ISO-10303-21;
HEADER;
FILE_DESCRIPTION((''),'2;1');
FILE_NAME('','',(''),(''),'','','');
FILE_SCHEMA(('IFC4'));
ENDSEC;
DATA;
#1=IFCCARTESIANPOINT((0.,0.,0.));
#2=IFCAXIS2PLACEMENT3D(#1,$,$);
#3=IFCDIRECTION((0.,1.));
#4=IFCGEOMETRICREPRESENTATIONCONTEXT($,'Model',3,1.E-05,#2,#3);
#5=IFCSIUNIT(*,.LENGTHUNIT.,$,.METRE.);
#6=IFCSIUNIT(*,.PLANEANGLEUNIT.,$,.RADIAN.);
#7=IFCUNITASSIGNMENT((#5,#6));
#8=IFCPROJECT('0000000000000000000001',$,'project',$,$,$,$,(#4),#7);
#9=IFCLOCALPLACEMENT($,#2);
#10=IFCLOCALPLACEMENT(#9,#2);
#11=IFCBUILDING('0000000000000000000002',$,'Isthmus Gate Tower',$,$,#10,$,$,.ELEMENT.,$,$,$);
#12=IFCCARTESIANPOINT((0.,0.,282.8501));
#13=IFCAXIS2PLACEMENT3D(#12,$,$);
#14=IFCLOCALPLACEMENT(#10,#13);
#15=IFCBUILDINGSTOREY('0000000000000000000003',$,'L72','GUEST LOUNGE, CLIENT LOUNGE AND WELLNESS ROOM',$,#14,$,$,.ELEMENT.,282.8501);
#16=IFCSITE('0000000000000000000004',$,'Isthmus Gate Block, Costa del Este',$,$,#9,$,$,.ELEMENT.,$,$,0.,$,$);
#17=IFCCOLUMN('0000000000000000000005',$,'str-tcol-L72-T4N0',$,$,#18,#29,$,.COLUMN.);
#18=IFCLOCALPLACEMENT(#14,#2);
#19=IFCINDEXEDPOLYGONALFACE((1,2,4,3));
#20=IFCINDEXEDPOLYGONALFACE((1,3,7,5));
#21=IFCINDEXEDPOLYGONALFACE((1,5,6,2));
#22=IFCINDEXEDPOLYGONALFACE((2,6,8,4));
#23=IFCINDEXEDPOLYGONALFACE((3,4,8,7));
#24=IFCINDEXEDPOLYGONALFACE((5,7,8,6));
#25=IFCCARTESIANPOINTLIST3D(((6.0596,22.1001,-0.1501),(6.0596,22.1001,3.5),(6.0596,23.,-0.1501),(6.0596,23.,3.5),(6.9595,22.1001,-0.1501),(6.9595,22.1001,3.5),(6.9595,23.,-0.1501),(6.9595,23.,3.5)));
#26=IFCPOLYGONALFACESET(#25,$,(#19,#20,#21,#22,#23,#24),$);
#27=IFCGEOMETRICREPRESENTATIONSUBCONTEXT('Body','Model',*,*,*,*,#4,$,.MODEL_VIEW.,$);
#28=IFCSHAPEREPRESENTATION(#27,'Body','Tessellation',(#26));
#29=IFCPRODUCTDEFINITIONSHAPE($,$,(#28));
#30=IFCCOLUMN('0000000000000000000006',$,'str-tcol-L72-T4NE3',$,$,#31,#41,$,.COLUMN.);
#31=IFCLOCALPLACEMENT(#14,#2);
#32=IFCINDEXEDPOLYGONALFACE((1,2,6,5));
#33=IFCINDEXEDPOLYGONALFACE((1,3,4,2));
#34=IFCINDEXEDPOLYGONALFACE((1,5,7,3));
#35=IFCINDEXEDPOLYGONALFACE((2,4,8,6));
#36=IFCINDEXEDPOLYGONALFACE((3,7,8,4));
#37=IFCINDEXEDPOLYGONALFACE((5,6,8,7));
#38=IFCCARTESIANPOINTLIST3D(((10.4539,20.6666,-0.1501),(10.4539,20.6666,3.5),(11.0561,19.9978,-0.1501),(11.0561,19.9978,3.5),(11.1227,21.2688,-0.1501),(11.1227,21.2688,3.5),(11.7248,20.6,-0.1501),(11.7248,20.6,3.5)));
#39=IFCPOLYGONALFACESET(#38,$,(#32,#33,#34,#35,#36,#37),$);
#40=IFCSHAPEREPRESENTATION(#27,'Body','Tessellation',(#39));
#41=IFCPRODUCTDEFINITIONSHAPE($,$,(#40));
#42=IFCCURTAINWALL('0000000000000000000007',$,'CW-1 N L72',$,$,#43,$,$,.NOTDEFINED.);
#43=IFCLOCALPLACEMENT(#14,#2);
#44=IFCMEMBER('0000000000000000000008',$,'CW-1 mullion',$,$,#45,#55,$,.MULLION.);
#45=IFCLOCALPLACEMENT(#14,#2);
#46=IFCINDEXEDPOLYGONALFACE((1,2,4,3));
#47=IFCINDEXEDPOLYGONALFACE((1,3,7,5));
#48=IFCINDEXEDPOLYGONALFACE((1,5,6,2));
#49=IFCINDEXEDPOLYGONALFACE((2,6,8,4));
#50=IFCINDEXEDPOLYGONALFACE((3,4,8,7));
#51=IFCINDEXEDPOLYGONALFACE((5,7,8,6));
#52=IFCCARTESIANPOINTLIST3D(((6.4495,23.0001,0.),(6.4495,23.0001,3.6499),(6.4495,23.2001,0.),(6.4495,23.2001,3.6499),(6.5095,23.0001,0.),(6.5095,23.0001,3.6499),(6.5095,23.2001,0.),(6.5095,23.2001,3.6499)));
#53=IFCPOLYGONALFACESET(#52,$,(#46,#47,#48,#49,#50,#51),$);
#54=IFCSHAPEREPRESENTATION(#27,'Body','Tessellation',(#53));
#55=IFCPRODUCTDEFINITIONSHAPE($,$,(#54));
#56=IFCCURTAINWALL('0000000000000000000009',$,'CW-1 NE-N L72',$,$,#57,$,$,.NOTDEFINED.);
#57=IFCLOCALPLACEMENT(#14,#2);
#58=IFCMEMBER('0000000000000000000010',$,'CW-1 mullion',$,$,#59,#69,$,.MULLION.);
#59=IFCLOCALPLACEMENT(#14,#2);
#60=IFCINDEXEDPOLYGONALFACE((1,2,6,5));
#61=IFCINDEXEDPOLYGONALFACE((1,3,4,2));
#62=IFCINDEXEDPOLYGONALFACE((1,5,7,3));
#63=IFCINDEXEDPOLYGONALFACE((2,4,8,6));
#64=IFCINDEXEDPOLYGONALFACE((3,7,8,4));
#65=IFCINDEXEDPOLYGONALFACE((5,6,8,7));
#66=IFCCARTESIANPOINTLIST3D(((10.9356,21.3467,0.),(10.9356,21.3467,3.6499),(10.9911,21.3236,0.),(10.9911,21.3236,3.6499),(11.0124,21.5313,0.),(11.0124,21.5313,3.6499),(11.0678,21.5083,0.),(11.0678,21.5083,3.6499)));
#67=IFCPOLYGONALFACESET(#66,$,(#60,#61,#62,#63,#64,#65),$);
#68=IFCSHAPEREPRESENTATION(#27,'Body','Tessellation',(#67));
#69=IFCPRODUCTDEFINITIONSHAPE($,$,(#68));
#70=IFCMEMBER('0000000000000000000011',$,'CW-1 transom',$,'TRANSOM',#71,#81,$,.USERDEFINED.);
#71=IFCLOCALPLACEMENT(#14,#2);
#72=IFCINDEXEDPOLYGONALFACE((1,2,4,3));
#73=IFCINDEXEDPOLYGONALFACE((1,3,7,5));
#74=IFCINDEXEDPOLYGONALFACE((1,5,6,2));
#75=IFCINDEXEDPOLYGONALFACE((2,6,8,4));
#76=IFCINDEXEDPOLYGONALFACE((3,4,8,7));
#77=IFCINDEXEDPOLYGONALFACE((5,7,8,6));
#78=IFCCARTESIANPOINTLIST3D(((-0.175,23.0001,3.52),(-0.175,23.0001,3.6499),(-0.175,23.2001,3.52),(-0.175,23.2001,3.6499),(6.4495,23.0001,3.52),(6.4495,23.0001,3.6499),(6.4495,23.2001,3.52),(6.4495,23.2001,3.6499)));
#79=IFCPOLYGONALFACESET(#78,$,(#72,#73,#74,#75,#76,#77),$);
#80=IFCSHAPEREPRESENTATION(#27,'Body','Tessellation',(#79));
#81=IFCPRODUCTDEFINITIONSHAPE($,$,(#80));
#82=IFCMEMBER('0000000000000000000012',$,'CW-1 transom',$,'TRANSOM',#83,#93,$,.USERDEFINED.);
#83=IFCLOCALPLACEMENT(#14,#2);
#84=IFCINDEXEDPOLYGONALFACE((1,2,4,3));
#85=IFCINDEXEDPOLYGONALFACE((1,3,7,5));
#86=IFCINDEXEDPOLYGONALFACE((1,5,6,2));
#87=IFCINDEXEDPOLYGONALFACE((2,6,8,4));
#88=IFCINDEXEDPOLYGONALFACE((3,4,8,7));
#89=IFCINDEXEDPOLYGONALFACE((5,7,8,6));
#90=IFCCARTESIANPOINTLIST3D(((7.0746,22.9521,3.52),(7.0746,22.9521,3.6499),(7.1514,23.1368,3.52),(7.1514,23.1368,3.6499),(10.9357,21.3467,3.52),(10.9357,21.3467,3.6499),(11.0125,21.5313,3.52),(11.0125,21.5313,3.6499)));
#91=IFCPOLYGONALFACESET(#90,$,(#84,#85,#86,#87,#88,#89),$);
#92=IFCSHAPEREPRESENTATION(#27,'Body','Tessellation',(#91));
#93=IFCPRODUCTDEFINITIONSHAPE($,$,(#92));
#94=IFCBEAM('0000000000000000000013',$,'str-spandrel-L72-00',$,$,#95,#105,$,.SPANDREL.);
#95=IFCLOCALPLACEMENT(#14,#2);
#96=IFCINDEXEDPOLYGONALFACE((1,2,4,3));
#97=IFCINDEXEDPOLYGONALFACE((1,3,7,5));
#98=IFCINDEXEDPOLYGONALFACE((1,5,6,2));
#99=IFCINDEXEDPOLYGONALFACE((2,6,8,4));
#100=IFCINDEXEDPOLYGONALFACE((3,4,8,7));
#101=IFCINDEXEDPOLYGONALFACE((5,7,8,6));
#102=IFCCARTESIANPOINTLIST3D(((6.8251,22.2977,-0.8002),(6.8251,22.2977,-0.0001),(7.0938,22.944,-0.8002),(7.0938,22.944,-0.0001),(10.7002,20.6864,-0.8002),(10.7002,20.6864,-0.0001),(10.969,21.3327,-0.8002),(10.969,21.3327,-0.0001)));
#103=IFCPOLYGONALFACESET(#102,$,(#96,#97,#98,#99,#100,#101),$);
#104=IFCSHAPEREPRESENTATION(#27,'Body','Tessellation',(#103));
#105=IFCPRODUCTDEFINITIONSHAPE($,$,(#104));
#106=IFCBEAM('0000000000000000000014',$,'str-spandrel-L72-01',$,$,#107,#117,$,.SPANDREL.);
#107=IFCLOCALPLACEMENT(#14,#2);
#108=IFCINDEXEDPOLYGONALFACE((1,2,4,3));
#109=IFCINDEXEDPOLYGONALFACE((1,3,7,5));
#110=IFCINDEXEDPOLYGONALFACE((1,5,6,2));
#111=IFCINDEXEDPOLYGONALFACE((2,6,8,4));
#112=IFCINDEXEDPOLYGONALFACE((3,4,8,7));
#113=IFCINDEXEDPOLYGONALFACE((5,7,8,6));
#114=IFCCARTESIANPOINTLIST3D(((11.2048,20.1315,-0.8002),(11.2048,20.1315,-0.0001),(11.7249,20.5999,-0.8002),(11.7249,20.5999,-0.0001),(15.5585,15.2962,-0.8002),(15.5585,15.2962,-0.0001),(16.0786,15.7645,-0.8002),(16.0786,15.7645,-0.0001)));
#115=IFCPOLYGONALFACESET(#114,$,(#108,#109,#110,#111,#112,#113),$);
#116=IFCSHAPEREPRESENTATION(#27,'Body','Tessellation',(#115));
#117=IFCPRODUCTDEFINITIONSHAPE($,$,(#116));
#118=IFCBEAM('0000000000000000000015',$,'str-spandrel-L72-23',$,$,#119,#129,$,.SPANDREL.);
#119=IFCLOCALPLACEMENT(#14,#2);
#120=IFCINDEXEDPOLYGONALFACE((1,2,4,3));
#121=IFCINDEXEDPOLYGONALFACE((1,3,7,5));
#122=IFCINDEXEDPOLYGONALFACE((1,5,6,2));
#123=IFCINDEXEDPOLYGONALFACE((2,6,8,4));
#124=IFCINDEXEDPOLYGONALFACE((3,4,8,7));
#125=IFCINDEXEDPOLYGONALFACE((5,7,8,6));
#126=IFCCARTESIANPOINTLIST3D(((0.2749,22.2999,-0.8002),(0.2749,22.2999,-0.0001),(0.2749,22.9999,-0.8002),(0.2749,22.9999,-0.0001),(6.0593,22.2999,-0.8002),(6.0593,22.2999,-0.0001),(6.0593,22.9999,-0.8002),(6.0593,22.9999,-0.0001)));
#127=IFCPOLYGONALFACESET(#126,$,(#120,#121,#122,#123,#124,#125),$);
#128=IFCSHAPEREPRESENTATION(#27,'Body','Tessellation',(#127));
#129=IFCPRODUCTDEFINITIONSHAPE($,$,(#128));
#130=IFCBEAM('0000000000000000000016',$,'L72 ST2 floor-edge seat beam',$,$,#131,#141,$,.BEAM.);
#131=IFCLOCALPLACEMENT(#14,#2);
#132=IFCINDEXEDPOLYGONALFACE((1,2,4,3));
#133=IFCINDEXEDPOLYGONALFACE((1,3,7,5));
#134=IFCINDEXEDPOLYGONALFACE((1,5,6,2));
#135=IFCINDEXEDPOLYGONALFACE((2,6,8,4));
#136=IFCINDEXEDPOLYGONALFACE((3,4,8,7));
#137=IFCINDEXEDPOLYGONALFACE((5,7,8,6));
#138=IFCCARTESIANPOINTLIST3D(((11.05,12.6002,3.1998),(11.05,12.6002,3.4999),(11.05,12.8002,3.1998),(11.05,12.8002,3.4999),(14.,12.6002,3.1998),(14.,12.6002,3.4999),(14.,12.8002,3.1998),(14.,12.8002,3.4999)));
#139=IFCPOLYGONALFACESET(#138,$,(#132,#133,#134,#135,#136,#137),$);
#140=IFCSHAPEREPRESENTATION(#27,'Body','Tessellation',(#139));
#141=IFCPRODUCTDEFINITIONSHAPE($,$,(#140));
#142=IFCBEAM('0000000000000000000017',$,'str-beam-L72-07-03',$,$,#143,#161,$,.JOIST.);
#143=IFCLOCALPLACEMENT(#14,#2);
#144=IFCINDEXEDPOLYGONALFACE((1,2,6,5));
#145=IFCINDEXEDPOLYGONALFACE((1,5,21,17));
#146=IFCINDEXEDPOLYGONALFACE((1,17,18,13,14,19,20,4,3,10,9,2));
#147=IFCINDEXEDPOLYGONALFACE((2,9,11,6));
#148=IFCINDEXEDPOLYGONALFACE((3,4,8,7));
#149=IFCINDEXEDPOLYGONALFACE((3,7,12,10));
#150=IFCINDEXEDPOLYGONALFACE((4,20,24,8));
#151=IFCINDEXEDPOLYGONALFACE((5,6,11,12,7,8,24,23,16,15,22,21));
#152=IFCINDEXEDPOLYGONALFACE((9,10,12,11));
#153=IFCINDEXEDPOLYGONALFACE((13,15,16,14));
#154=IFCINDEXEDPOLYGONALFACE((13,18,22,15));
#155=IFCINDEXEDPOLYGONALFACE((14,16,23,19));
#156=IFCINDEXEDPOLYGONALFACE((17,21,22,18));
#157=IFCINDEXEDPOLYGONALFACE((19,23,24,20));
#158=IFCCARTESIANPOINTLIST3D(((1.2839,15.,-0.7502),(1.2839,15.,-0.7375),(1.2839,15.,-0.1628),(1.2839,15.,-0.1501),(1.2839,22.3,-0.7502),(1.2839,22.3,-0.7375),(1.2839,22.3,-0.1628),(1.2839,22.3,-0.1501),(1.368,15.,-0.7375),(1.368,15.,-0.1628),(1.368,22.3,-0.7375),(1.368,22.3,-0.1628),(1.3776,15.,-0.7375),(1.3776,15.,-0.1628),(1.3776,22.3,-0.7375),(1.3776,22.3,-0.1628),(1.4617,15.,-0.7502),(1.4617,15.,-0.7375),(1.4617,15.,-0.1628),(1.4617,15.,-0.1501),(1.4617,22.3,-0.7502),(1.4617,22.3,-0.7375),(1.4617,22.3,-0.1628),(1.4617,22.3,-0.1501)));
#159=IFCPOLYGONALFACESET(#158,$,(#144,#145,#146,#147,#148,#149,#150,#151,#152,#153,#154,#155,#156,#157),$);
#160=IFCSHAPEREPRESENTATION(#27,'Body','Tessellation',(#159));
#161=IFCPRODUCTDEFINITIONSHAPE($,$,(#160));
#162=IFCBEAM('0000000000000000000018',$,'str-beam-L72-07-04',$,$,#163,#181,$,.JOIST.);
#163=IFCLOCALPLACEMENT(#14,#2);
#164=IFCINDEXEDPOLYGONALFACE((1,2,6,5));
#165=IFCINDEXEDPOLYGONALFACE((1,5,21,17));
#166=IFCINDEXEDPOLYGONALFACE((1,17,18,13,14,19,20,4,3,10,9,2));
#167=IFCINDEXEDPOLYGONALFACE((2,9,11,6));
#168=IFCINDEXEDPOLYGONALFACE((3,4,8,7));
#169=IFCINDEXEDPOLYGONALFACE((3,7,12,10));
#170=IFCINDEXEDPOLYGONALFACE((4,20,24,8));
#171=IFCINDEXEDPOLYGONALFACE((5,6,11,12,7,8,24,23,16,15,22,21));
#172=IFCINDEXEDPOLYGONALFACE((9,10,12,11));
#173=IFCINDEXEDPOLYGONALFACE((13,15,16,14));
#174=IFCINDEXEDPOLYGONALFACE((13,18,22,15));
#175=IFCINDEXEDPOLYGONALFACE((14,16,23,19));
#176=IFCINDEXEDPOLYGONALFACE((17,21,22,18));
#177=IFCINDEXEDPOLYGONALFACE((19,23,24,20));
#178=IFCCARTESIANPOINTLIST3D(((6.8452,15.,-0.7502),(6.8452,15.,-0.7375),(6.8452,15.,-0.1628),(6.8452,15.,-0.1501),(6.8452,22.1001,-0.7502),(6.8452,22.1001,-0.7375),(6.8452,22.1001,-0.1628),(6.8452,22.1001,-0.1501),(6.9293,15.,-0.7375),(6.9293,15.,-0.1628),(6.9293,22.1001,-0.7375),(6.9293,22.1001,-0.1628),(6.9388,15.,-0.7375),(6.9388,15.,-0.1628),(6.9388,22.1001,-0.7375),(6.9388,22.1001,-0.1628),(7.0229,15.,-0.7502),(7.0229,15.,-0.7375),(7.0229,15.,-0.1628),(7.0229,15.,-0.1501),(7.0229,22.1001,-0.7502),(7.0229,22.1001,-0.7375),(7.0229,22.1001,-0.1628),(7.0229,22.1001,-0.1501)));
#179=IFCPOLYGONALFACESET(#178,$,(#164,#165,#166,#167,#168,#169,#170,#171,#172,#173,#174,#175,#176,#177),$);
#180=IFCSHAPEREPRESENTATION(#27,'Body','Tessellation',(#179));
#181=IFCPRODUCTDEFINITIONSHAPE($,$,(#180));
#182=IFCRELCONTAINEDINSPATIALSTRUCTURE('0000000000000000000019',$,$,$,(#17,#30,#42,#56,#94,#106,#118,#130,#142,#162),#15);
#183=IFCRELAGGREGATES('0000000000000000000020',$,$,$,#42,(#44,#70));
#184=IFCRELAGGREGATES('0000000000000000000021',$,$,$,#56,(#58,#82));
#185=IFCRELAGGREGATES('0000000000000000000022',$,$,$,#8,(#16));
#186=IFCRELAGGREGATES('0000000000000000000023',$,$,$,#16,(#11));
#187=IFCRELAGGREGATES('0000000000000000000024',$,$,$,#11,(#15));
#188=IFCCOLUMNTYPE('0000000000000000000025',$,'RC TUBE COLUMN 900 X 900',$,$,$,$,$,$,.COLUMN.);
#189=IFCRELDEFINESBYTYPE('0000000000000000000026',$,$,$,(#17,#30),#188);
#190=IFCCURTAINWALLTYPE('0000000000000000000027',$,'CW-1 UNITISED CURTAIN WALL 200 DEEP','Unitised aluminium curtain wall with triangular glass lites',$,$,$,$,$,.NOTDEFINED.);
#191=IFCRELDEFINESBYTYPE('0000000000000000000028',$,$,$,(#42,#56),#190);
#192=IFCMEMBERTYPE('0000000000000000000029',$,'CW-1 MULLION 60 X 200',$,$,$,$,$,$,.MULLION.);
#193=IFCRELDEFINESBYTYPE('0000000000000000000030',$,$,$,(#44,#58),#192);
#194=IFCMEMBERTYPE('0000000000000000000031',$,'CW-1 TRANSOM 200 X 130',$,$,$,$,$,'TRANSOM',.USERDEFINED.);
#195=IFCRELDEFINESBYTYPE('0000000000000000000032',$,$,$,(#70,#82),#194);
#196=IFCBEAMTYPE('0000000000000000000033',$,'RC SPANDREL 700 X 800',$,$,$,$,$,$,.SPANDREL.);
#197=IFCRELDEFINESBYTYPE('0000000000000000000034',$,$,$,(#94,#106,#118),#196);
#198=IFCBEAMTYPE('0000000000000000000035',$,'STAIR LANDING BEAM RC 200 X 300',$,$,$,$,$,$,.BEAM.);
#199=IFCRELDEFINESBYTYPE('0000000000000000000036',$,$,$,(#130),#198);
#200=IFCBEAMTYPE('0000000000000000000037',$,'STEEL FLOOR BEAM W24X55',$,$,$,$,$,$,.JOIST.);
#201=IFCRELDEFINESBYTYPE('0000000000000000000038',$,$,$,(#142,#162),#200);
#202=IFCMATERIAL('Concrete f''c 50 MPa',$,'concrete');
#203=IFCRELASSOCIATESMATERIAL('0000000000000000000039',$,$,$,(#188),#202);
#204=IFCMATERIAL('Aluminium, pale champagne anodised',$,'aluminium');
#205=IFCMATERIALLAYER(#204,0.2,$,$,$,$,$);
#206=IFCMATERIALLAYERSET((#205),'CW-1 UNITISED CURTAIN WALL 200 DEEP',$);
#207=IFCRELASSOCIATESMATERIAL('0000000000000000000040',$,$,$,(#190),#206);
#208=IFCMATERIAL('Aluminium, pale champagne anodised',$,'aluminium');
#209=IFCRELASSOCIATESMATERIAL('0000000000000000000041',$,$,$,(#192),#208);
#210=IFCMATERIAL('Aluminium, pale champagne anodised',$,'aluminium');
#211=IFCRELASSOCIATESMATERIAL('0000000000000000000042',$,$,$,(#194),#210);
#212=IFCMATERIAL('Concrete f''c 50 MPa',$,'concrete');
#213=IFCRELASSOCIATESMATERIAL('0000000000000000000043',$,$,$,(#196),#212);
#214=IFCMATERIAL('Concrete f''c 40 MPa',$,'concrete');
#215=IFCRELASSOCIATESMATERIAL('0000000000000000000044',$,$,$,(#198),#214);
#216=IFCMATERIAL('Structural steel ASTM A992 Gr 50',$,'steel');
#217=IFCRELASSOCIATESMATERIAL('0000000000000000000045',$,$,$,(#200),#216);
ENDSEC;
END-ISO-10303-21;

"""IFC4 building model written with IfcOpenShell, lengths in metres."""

from ifc_helpers import new_model, si_unit, direction, frame, origin, origin_2d, place, context, subcontext, project, spatial, rectangle, i_section, extrude, material, layer, layer_set, material_profile, profile_set, type_object, element, aggregate, save


model = new_model("IFC4")

# Units and contexts
model_context = context("Model", 3, precision=1e-05, world=origin(), true_north=direction((0.0, 1.0)))
body_context = subcontext(model_context, "Body", "Model", "MODEL_VIEW")
ifc_project = project(units=[si_unit("LENGTHUNIT", "METRE"), si_unit("PLANEANGLEUNIT", "RADIAN")], contexts=[model_context])

# Site, building, storey
site_placement = place(None, origin())
site = spatial("IfcSite", under=ifc_project, at=site_placement, Name="Isthmus Gate Block, Costa del Este", CompositionType="ELEMENT", RefElevation=0.0)
building_placement = place(site_placement, origin())
building = spatial("IfcBuilding", under=site, at=building_placement, Name="Isthmus Gate Tower", CompositionType="ELEMENT")
storey_placement = place(building_placement, frame((0.0, 0.0, 282.8501)))
storey = spatial("IfcBuildingStorey", under=building, at=storey_placement, Name="L72", Description="GUEST LOUNGE, CLIENT LOUNGE AND WELLNESS ROOM", CompositionType="ELEMENT", Elevation=282.8501)

# Columns
ifc_material_1 = material(Name="Concrete f'c 50 MPa", Category="concrete")
ifc_material_profile_1 = material_profile(ifc_material_1, rectangle(XDim=0.8999, YDim=0.8999, at=origin_2d()), Name="RC 900X900")
ifc_profile_set_1 = profile_set([ifc_material_profile_1], Name="Concrete f'c 50 MPa")
column_type = type_object("IfcColumnType", Name="RC TUBE COLUMN 900 X 900", PredefinedType="COLUMN", material=ifc_profile_set_1)
for number, where, z_axis, x_axis, name in (
    (1, (6.5095, 22.55, -0.1501), (0.0, 0.0, 1.0), (-1.0, 0.0, 0.0), "str-tcol-L72-T4N0"),
    (2, (11.0894, 20.6333, -0.1501), (0.0, 0.0, 1.0), (-0.669131, 0.743145, 0.0), "str-tcol-L72-T4NE3"),
):
    element("IfcColumn", number, at=place(storey_placement, frame(where, z_axis=z_axis, x_axis=x_axis)), inside=storey, type_object=column_type, Name=name, PredefinedType="COLUMN", context=body_context, shape_type="SweptSolid", body=[
        extrude(rectangle(XDim=0.8999, YDim=0.8999, at=origin_2d()), origin(), (0.0, 0.0, 1.0), 3.6501),
    ])

# Curtain walls, members
ifc_material_2 = material(Name="Aluminium, pale champagne anodised", Category="aluminium")
ifc_layer_1 = layer(ifc_material_2, 0.2)
ifc_layer_set_1 = layer_set([ifc_layer_1], Name="CW-1 UNITISED CURTAIN WALL 200 DEEP")
curtain_wall_type = type_object("IfcCurtainWallType", Name="CW-1 UNITISED CURTAIN WALL 200 DEEP", Description="Unitised aluminium curtain wall with triangular glass lites", PredefinedType="NOTDEFINED", material=ifc_layer_set_1)
curtain_wall_1_placement = place(storey_placement, origin())
curtain_wall_1 = element("IfcCurtainWall", 3, at=curtain_wall_1_placement, inside=storey, type_object=curtain_wall_type, Name="CW-1 N L72", PredefinedType="NOTDEFINED")
ifc_material_3 = material(Name="Aluminium, pale champagne anodised", Category="aluminium")
ifc_material_profile_2 = material_profile(ifc_material_3, rectangle(XDim=0.0601, YDim=0.2, at=origin_2d()), Name="60x200")
ifc_profile_set_2 = profile_set([ifc_material_profile_2], Name="Aluminium, pale champagne anodised")
member_type_1 = type_object("IfcMemberType", Name="CW-1 MULLION 60 X 200", PredefinedType="MULLION", material=ifc_profile_set_2)
member_1_placement = place(storey_placement, frame((6.4795, 23.1001, 0.0), z_axis=(0.0, 0.0, 1.0), x_axis=(-1.0, 0.0, 0.0)))
member_1 = element("IfcMember", 4, at=member_1_placement, type_object=member_type_1, Name="CW-1 mullion", PredefinedType="MULLION", context=body_context, shape_type="SweptSolid", body=[
    extrude(rectangle(XDim=0.0601, YDim=0.2, at=origin_2d()), origin(), (0.0, 0.0, 1.0), 3.6499),
])
curtain_wall_2_placement = place(storey_placement, origin())
curtain_wall_2 = element("IfcCurtainWall", 5, at=curtain_wall_2_placement, inside=storey, type_object=curtain_wall_type, Name="CW-1 NE-N L72", PredefinedType="NOTDEFINED")
member_2_placement = place(storey_placement, frame((11.0017, 21.4275, 0.0), z_axis=(0.0, 0.0, 1.0), x_axis=(-0.923353, 0.383952, 0.0)))
member_2 = element("IfcMember", 6, at=member_2_placement, type_object=member_type_1, Name="CW-1 mullion", PredefinedType="MULLION", context=body_context, shape_type="SweptSolid", body=[
    extrude(rectangle(XDim=0.0601, YDim=0.2, at=origin_2d()), origin(), (0.0, 0.0, 1.0), 3.6499),
])

# Members
ifc_material_4 = material(Name="Aluminium, pale champagne anodised", Category="aluminium")
ifc_material_profile_3 = material_profile(ifc_material_4, rectangle(XDim=0.2, YDim=0.1299, at=origin_2d()), Name="200x130")
ifc_profile_set_3 = profile_set([ifc_material_profile_3], Name="Aluminium, pale champagne anodised")
member_type_2 = type_object("IfcMemberType", Name="CW-1 TRANSOM 200 X 130", ElementType="TRANSOM", PredefinedType="USERDEFINED", material=ifc_profile_set_3)
member_3_placement = place(storey_placement, frame((6.4495, 23.1001, 3.585), z_axis=(-1.0, 0.0, 0.0), x_axis=(0.0, -1.0, 0.0)))
member_3 = element("IfcMember", 7, at=member_3_placement, type_object=member_type_2, Name="CW-1 transom", ObjectType="TRANSOM", PredefinedType="USERDEFINED", context=body_context, shape_type="SweptSolid", body=[
    extrude(rectangle(XDim=0.2, YDim=0.1299, at=origin_2d()), origin(), (0.0, 0.0, 1.0), 6.6245),
])
member_4_placement = place(storey_placement, frame((10.9741, 21.439, 3.585), z_axis=(-0.923358, 0.38394, 0.0), x_axis=(-0.38394, -0.923358, 0.0)))
member_4 = element("IfcMember", 8, at=member_4_placement, type_object=member_type_2, Name="CW-1 transom", ObjectType="TRANSOM", PredefinedType="USERDEFINED", context=body_context, shape_type="SweptSolid", body=[
    extrude(rectangle(XDim=0.2, YDim=0.1299, at=origin_2d()), origin(), (0.0, 0.0, 1.0), 4.1816),
])

# Beams
ifc_material_5 = material(Name="Concrete f'c 50 MPa", Category="concrete")
ifc_material_profile_4 = material_profile(ifc_material_5, rectangle(XDim=0.7, YDim=0.8, at=origin_2d()), Name="RC 700X800")
ifc_profile_set_4 = profile_set([ifc_material_profile_4], Name="Concrete f'c 50 MPa")
beam_type_1 = type_object("IfcBeamType", Name="RC SPANDREL 700 X 800", PredefinedType="SPANDREL", material=ifc_profile_set_4)
beam_1_placement = place(storey_placement, frame((6.9595, 22.6208, -0.4001), z_axis=(0.923361, -0.383934, 0.0), x_axis=(0.383934, 0.923361, 0.0)))
element("IfcBeam", 9, at=beam_1_placement, inside=storey, type_object=beam_type_1, Name="str-spandrel-L72-00", PredefinedType="SPANDREL", context=body_context, shape_type="SweptSolid", body=[
    extrude(rectangle(XDim=0.7, YDim=0.8, at=origin_2d()), origin(), (0.0, 0.0, 1.0), 4.1968),
])
beam_2_placement = place(storey_placement, frame((11.4648, 20.3657, -0.4001), z_axis=(0.669122, -0.743152, 0.0), x_axis=(0.743152, 0.669122, 0.0)))
element("IfcBeam", 10, at=beam_2_placement, inside=storey, type_object=beam_type_1, Name="str-spandrel-L72-01", PredefinedType="SPANDREL", context=body_context, shape_type="SweptSolid", body=[
    extrude(rectangle(XDim=0.7, YDim=0.8, at=origin_2d()), origin(), (0.0, 0.0, 1.0), 6.5066),
])
beam_3_placement = place(storey_placement, frame((0.2749, 22.6499, -0.4001), z_axis=(1.0, 0.0, 0.0), x_axis=(0.0, 1.0, 0.0)))
element("IfcBeam", 11, at=beam_3_placement, inside=storey, type_object=beam_type_1, Name="str-spandrel-L72-23", PredefinedType="SPANDREL", context=body_context, shape_type="SweptSolid", body=[
    extrude(rectangle(XDim=0.7, YDim=0.8, at=origin_2d()), origin(), (0.0, 0.0, 1.0), 5.7844),
])
ifc_material_6 = material(Name="Concrete f'c 40 MPa", Category="concrete")
ifc_material_profile_5 = material_profile(ifc_material_6, rectangle(XDim=0.2, YDim=0.3, at=origin_2d()), Name="STAIR LANDING BEAM RC 200 X 300")
ifc_profile_set_5 = profile_set([ifc_material_profile_5], Name="Concrete f'c 40 MPa")
beam_type_2 = type_object("IfcBeamType", Name="STAIR LANDING BEAM RC 200 X 300", PredefinedType="BEAM", material=ifc_profile_set_5)
beam_4_placement = place(storey_placement, frame((11.05, 12.7002, 3.3499), z_axis=(1.0, 0.0, 0.0), x_axis=(0.0, 1.0, 0.0)))
element("IfcBeam", 12, at=beam_4_placement, inside=storey, type_object=beam_type_2, Name="L72 ST2 floor-edge seat beam", PredefinedType="BEAM", context=body_context, shape_type="SweptSolid", body=[
    extrude(rectangle(XDim=0.2, YDim=0.3, at=origin_2d()), origin(), (0.0, 0.0, 1.0), 2.95),
])
ifc_material_7 = material(Name="Structural steel ASTM A992 Gr 50", Category="steel")
ifc_material_profile_6 = material_profile(ifc_material_7, i_section(OverallWidth=0.1777, OverallDepth=0.6001, WebThickness=0.0095, FlangeThickness=0.0127, at=origin_2d()), Name="W24X55")
ifc_profile_set_6 = profile_set([ifc_material_profile_6], Name="Structural steel ASTM A992 Gr 50")
beam_type_3 = type_object("IfcBeamType", Name="STEEL FLOOR BEAM W24X55", PredefinedType="JOIST", material=ifc_profile_set_6)
beam_5_placement = place(storey_placement, frame((1.3728, 15.0, -0.4502), z_axis=(0.0, 1.0, 0.0), x_axis=(-1.0, 0.0, 0.0)))
element("IfcBeam", 13, at=beam_5_placement, inside=storey, type_object=beam_type_3, Name="str-beam-L72-07-03", PredefinedType="JOIST", context=body_context, shape_type="SweptSolid", body=[
    extrude(i_section(OverallWidth=0.1777, OverallDepth=0.6001, WebThickness=0.0095, FlangeThickness=0.0127, at=origin_2d()), origin(), (0.0, 0.0, 1.0), 7.3),
])
beam_6_placement = place(storey_placement, frame((6.9341, 15.0, -0.4502), z_axis=(0.0, 1.0, 0.0), x_axis=(-1.0, 0.0, 0.0)))
element("IfcBeam", 14, at=beam_6_placement, inside=storey, type_object=beam_type_3, Name="str-beam-L72-07-04", PredefinedType="JOIST", context=body_context, shape_type="SweptSolid", body=[
    extrude(i_section(OverallWidth=0.1777, OverallDepth=0.6001, WebThickness=0.0095, FlangeThickness=0.0127, at=origin_2d()), origin(), (0.0, 0.0, 1.0), 7.1001),
])

aggregate(curtain_wall_1, [member_1, member_3])
aggregate(curtain_wall_2, [member_2, member_4])

save(model, "model.ifc")
